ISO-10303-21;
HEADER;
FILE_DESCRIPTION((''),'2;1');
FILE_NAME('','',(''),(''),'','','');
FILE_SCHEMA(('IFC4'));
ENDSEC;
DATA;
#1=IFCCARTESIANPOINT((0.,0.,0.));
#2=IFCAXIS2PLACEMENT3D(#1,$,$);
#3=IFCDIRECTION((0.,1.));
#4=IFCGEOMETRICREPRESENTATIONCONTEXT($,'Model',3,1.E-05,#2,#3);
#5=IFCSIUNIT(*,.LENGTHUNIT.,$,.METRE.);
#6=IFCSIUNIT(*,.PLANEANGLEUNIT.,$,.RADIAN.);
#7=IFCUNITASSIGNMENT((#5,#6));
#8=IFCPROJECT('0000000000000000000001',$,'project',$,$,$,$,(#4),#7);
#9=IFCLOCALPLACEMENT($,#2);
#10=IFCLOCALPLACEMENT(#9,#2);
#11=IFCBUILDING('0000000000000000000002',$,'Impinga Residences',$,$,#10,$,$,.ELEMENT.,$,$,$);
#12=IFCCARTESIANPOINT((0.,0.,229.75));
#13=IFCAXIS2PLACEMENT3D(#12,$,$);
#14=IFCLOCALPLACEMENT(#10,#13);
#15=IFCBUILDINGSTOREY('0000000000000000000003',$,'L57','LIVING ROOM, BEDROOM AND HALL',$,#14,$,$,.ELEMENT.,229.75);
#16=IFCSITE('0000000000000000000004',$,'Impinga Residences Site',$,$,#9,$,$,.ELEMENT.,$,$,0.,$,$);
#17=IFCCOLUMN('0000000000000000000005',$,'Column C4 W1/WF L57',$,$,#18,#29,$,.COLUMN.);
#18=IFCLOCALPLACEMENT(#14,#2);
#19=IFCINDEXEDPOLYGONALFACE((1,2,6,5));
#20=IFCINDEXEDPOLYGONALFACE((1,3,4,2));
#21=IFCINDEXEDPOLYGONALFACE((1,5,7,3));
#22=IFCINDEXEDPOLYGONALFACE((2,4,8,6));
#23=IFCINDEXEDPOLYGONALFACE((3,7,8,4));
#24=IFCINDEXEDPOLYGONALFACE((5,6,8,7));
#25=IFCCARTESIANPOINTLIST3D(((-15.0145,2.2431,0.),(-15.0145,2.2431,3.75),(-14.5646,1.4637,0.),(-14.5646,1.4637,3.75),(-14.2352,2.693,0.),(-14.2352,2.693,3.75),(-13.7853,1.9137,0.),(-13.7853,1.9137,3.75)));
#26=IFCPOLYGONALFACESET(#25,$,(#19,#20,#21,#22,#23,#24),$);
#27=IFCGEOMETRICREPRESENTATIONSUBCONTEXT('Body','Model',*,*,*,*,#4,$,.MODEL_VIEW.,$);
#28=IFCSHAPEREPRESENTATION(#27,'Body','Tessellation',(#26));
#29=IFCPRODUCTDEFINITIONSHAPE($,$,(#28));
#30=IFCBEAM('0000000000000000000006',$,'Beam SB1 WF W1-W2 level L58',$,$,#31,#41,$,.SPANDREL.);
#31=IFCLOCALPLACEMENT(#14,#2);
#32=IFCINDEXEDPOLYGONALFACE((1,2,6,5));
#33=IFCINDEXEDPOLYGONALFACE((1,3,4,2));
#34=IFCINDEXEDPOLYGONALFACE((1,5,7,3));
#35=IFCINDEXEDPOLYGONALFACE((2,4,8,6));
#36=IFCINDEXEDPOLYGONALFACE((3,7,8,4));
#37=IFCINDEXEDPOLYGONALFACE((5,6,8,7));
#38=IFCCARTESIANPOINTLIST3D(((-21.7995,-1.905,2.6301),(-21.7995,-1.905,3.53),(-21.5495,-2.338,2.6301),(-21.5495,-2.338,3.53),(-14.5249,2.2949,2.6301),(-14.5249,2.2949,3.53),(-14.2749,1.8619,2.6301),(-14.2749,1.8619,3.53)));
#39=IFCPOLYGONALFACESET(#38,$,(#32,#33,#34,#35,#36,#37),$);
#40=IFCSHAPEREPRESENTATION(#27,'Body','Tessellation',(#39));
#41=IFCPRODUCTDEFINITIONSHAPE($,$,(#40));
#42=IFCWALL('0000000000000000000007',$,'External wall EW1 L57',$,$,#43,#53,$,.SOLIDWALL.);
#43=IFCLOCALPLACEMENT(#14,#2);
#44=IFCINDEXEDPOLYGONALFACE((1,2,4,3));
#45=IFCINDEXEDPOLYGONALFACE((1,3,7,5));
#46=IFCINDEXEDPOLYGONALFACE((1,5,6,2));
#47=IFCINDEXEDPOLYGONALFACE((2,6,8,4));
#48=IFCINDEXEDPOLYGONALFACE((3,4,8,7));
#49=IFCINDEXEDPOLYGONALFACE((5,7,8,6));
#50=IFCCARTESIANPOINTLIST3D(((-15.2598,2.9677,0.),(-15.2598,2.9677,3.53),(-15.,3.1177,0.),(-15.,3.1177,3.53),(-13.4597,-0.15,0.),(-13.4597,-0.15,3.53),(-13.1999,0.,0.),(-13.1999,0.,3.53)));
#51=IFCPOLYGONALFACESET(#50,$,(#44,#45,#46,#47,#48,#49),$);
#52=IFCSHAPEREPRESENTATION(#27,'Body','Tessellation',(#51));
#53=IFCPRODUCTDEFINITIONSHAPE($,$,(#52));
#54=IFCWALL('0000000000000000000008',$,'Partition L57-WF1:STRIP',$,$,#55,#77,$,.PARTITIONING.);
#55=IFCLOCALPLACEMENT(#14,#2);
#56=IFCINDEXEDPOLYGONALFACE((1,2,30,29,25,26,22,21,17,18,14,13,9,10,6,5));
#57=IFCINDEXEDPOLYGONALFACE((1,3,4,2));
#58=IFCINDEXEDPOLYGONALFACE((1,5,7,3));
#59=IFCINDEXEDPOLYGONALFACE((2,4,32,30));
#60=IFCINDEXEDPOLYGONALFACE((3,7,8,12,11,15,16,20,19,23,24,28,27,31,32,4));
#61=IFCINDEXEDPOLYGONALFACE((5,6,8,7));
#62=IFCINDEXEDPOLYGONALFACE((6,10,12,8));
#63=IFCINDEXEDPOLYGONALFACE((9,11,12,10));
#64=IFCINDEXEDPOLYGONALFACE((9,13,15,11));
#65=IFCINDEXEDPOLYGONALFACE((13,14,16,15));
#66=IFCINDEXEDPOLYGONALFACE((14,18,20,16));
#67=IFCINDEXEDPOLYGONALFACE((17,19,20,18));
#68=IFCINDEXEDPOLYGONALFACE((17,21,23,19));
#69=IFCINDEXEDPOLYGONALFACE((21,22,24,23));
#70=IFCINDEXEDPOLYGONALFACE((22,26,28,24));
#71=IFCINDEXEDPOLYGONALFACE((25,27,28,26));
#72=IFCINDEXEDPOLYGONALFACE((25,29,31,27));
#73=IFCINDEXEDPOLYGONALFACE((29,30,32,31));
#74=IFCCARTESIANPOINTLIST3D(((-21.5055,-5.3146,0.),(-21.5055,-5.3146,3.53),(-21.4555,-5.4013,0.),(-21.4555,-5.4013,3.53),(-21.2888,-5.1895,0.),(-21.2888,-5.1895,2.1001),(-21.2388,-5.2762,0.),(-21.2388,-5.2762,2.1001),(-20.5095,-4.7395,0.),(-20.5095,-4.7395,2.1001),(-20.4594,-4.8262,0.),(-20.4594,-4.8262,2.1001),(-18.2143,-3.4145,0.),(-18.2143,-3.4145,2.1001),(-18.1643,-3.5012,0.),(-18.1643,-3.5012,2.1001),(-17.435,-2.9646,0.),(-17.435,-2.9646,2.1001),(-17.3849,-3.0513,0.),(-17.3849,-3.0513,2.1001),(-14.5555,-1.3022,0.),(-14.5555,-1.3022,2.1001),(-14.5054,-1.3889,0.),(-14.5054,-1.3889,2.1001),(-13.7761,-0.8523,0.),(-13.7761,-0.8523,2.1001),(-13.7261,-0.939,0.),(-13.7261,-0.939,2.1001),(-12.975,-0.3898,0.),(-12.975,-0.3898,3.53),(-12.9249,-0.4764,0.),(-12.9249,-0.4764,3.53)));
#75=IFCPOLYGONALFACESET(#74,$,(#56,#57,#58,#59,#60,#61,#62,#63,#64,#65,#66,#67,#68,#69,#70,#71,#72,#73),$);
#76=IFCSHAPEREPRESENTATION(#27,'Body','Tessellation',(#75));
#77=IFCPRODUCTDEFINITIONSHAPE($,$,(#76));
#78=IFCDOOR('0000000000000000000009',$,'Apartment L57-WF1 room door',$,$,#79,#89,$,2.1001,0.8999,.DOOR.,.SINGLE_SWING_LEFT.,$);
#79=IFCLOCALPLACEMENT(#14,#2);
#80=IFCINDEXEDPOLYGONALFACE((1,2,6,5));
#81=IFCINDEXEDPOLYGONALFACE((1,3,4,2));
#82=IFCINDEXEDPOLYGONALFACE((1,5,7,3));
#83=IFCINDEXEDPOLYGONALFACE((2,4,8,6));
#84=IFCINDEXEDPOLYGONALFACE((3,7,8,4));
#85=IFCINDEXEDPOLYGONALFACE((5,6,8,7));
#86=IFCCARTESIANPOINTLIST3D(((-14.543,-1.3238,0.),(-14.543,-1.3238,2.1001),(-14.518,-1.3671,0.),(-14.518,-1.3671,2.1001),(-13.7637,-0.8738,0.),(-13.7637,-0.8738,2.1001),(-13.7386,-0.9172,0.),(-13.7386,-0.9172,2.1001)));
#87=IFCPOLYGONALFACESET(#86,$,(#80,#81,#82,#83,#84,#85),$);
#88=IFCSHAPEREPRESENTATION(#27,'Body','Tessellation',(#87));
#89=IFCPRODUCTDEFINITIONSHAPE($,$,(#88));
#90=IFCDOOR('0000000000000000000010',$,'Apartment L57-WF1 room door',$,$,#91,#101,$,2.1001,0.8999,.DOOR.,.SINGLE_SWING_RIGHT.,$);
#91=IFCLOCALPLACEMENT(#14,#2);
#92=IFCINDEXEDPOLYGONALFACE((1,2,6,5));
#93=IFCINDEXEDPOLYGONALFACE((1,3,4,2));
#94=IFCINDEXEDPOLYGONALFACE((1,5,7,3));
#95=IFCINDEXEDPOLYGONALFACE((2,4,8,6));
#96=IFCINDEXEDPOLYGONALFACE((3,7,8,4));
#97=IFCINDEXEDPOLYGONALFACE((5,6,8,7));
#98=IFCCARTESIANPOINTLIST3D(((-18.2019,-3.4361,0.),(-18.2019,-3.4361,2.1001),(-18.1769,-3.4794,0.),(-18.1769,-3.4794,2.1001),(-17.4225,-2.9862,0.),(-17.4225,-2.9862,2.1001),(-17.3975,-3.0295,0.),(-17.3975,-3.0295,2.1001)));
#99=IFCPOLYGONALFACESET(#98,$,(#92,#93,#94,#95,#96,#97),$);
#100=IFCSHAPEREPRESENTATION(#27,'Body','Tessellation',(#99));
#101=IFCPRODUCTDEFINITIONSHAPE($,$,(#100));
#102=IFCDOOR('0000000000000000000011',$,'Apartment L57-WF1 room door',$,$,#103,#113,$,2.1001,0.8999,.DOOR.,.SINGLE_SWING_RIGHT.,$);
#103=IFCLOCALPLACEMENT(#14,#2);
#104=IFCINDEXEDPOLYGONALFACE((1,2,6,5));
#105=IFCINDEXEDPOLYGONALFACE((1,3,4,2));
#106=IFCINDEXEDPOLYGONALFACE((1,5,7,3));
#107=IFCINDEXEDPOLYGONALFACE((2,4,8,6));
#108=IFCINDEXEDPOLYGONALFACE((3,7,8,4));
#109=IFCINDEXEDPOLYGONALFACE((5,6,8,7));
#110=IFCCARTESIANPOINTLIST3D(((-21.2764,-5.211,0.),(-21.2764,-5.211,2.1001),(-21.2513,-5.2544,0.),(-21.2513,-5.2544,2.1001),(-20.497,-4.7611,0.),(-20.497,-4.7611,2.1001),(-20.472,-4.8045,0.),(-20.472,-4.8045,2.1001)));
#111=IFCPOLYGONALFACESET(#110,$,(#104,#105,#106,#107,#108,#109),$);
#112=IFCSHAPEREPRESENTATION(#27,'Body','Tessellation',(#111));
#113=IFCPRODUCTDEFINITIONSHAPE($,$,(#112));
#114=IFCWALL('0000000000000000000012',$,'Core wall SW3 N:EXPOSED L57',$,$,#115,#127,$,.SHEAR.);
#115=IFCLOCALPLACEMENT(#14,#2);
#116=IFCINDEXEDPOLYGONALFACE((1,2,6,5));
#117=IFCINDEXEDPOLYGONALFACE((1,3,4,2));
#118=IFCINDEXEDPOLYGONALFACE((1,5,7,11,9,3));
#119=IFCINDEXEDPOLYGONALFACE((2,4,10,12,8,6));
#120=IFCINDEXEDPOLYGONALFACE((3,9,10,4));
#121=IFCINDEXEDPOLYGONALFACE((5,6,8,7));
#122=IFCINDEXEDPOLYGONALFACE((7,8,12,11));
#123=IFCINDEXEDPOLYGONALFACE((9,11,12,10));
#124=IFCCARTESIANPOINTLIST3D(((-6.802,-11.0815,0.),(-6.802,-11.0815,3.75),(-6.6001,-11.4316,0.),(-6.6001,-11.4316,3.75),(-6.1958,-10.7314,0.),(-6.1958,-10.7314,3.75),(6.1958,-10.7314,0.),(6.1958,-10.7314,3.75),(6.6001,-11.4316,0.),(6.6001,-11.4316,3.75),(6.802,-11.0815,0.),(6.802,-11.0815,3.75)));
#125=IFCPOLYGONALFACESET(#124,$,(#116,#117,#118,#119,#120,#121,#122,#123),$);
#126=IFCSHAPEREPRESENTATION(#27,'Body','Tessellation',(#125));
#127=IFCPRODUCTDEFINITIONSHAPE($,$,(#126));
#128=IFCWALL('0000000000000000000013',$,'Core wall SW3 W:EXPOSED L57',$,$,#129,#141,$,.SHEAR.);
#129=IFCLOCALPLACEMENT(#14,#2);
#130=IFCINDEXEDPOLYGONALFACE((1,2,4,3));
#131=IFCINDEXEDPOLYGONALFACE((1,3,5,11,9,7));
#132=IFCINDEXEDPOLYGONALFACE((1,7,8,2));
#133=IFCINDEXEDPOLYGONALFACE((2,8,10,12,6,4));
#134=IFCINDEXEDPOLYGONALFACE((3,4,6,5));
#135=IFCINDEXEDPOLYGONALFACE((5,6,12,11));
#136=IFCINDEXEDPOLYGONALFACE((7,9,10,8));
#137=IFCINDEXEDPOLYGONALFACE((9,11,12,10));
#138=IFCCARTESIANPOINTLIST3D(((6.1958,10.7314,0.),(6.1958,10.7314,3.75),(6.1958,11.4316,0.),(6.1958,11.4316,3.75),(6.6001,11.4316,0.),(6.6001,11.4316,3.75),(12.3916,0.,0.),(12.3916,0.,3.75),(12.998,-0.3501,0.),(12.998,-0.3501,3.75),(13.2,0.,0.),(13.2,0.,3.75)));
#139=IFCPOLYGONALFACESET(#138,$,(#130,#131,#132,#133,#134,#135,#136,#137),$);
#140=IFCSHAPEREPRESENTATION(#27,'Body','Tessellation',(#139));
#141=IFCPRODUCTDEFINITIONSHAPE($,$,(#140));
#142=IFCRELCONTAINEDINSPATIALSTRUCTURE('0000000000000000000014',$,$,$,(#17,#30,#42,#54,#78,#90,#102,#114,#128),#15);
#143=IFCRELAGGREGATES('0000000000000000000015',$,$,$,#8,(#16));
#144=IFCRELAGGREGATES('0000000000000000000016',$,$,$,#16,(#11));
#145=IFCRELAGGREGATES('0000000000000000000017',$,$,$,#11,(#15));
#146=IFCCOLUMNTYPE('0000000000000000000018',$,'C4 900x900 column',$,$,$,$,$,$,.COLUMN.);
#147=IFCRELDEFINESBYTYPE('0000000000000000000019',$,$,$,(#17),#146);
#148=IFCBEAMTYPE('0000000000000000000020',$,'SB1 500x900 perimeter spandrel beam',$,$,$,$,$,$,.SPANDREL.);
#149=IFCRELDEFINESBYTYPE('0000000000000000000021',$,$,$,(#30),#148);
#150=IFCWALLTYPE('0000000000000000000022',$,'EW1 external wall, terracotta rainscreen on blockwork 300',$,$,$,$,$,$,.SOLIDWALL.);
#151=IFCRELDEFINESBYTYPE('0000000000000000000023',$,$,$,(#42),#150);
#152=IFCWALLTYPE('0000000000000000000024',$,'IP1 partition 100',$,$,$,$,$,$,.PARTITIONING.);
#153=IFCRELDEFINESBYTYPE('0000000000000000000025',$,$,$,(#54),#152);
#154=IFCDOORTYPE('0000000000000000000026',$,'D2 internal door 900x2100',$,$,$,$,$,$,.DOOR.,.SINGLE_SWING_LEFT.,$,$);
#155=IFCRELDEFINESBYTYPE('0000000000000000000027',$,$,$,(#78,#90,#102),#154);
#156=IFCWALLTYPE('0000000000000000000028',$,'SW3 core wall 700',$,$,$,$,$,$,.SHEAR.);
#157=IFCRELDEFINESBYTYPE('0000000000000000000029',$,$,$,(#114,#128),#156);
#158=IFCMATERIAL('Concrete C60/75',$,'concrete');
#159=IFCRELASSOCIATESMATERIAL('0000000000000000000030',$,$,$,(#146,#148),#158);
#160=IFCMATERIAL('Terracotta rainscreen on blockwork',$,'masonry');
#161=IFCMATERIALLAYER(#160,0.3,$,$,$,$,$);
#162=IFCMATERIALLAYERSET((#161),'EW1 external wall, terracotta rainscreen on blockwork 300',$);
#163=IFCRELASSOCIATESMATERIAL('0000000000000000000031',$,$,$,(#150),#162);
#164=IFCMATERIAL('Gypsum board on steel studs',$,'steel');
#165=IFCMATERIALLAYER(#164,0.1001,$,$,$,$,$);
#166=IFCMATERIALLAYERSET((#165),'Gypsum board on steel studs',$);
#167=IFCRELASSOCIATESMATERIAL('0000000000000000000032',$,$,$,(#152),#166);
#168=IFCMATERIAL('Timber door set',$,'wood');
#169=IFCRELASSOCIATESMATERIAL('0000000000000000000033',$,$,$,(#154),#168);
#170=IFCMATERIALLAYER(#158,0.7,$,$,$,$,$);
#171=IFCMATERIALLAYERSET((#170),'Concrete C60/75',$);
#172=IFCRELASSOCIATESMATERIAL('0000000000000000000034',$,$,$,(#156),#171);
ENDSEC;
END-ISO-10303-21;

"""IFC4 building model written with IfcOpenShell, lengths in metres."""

from ifc_helpers import new_model, si_unit, direction, frame, frame_2d, origin, origin_2d, place, context, subcontext, project, spatial, polyline, rectangle, outline, extrude, material, layer, layer_set, material_profile, profile_set, type_object, element, fill, save


model = new_model("IFC4")

# Units and contexts
model_context = context("Model", 3, precision=1e-05, world=origin(), true_north=direction((0.0, 1.0)))
body_context = subcontext(model_context, "Body", "Model", "MODEL_VIEW")
ifc_project = project(units=[si_unit("LENGTHUNIT", "METRE"), si_unit("PLANEANGLEUNIT", "RADIAN")], contexts=[model_context])

# Site, building, storey
site_placement = place(None, origin())
site = spatial("IfcSite", under=ifc_project, at=site_placement, Name="Impinga Residences Site", CompositionType="ELEMENT", RefElevation=0.0)
building_placement = place(site_placement, origin())
building = spatial("IfcBuilding", under=site, at=building_placement, Name="Impinga Residences", CompositionType="ELEMENT")
storey_placement = place(building_placement, frame((0.0, 0.0, 229.75)))
storey = spatial("IfcBuildingStorey", under=building, at=storey_placement, Name="L57", Description="LIVING ROOM, BEDROOM AND HALL", CompositionType="ELEMENT", Elevation=229.75)

# Column
ifc_material_1 = material(Name="Concrete C60/75", Category="concrete")
ifc_material_profile_1 = material_profile(ifc_material_1, rectangle(XDim=0.8999, YDim=0.8999, at=origin_2d()), Name="RC 900x900")
ifc_profile_set_1 = profile_set([ifc_material_profile_1], Name="Concrete C60/75")
column_type = type_object("IfcColumnType", Name="C4 900x900 column", PredefinedType="COLUMN", material=ifc_profile_set_1)
column_placement = place(storey_placement, frame((-14.3999, 2.0784, 0.0), z_axis=(0.0, 0.0, 1.0), x_axis=(-0.5, 0.866025, 0.0)))
element("IfcColumn", 1, at=column_placement, inside=storey, type_object=column_type, Name="Column C4 W1/WF L57", PredefinedType="COLUMN", context=body_context, shape_type="SweptSolid", body=[
    extrude(rectangle(XDim=0.8999, YDim=0.8999, at=origin_2d()), origin(), (0.0, 0.0, 1.0), 3.75),
])

# Beam
ifc_material_profile_2 = material_profile(ifc_material_1, rectangle(XDim=0.5, YDim=0.8999, at=origin_2d()), Name="RC 500x900")
ifc_profile_set_2 = profile_set([ifc_material_profile_2], Name="Concrete C60/75")
beam_type = type_object("IfcBeamType", Name="SB1 500x900 perimeter spandrel beam", PredefinedType="SPANDREL", material=ifc_profile_set_2)
beam_placement = place(storey_placement, frame((-14.3999, 2.0784, 3.0801), z_axis=(-0.866029, -0.499993, 0.0), x_axis=(0.499993, -0.866029, 0.0)))
element("IfcBeam", 2, at=beam_placement, inside=storey, type_object=beam_type, Name="Beam SB1 WF W1-W2 level L58", PredefinedType="SPANDREL", context=body_context, shape_type="SweptSolid", body=[
    extrude(rectangle(XDim=0.5, YDim=0.8999, at=origin_2d()), origin(), (0.0, 0.0, 1.0), 8.3999),
])

# Wall
ifc_material_2 = material(Name="Terracotta rainscreen on blockwork", Category="masonry")
ifc_layer_1 = layer(ifc_material_2, 0.3)
ifc_layer_set_1 = layer_set([ifc_layer_1], Name="EW1 external wall, terracotta rainscreen on blockwork 300")
wall_type_1 = type_object("IfcWallType", Name="EW1 external wall, terracotta rainscreen on blockwork 300", PredefinedType="SOLIDWALL", material=ifc_layer_set_1)
wall_1_placement = place(storey_placement, frame((-15.1299, 3.0427, 0.0), z_axis=(0.0, 0.0, 1.0), x_axis=(0.500012, -0.866018, 0.0)))
element("IfcWall", 3, at=wall_1_placement, inside=storey, type_object=wall_type_1, Name="External wall EW1 L57", PredefinedType="SOLIDWALL", context=body_context, shape_type="SweptSolid", body=[
    extrude(rectangle(XDim=3.6001, YDim=0.3, at=frame_2d((1.8, 0.0))), origin(), (0.0, 0.0, 1.0), 3.53),
])

# Wall, openings, doors
ifc_material_3 = material(Name="Gypsum board on steel studs", Category="steel")
ifc_layer_2 = layer(ifc_material_3, 0.1001)
ifc_layer_set_2 = layer_set([ifc_layer_2], Name="Gypsum board on steel studs")
wall_type_2 = type_object("IfcWallType", Name="IP1 partition 100", PredefinedType="PARTITIONING", material=ifc_layer_set_2)
wall_2_placement = place(storey_placement, frame((-12.95, -0.4331, 0.0), z_axis=(0.0, 0.0, 1.0), x_axis=(-0.866038, -0.499978, 0.0)))
wall_2 = element("IfcWall", 4, at=wall_2_placement, inside=storey, type_object=wall_type_2, Name="Partition L57-WF1:STRIP", PredefinedType="PARTITIONING", context=body_context, shape_type="SweptSolid", body=[
    extrude(rectangle(XDim=9.8501, YDim=0.1001, at=frame_2d((4.925, 0.0))), origin(), (0.0, 0.0, 1.0), 3.53),
])
opening_1_placement = place(wall_2_placement, frame((0.925, 0.0, 0.0)))
opening_1 = element("IfcOpeningElement", 5, at=opening_1_placement, cuts=wall_2, PredefinedType="OPENING", context=body_context, shape_type="SweptSolid", body=[
    extrude(rectangle(XDim=0.8999, YDim=2.1001, at=frame_2d((0.45, 1.05))), frame((0.0, 0.0601, 0.0), z_axis=(0.0, -1.0, 0.0), x_axis=(1.0, 0.0, 0.0)), (0.0, 0.0, 1.0), 0.1201),
])
opening_2_placement = place(wall_2_placement, frame((5.1499, 0.0, 0.0)))
opening_2 = element("IfcOpeningElement", 6, at=opening_2_placement, cuts=wall_2, PredefinedType="OPENING", context=body_context, shape_type="SweptSolid", body=[
    extrude(rectangle(XDim=0.8999, YDim=2.1001, at=frame_2d((0.45, 1.05))), frame((0.0, 0.0601, 0.0), z_axis=(0.0, -1.0, 0.0), x_axis=(1.0, 0.0, 0.0)), (0.0, 0.0, 1.0), 0.1201),
])
opening_3_placement = place(wall_2_placement, frame((8.7, 0.0, 0.0)))
opening_3 = element("IfcOpeningElement", 7, at=opening_3_placement, cuts=wall_2, PredefinedType="OPENING", context=body_context, shape_type="SweptSolid", body=[
    extrude(rectangle(XDim=0.8999, YDim=2.1001, at=frame_2d((0.45, 1.05))), frame((0.0, 0.0601, 0.0), z_axis=(0.0, -1.0, 0.0), x_axis=(1.0, 0.0, 0.0)), (0.0, 0.0, 1.0), 0.1201),
])
ifc_material_4 = material(Name="Timber door set", Category="wood")
door_type_1 = type_object("IfcDoorType", Name="D2 internal door 900x2100", OperationType="SINGLE_SWING_LEFT", PredefinedType="DOOR", material=ifc_material_4)
door_1_placement = place(opening_1_placement, origin())
door_1 = element("IfcDoor", 8, at=door_1_placement, inside=storey, type_object=door_type_1, Name="Apartment L57-WF1 room door", OperationType="SINGLE_SWING_LEFT", OverallHeight=2.1001, OverallWidth=0.8999, PredefinedType="DOOR", context=body_context, shape_type="SweptSolid", body=[
    extrude(rectangle(XDim=0.8999, YDim=2.1001, at=frame_2d((0.45, 1.05))), frame((0.0, 0.0249, 0.0), z_axis=(0.0, -1.0, 0.0), x_axis=(1.0, 0.0, 0.0)), (0.0, 0.0, 1.0), 0.05),
])
fill(opening_1, door_1)
door_2_placement = place(opening_2_placement, origin())
door_2 = element("IfcDoor", 9, at=door_2_placement, inside=storey, type_object=door_type_1, Name="Apartment L57-WF1 room door", OperationType="SINGLE_SWING_RIGHT", OverallHeight=2.1001, OverallWidth=0.8999, PredefinedType="DOOR", context=body_context, shape_type="SweptSolid", body=[
    extrude(rectangle(XDim=0.8999, YDim=2.1001, at=frame_2d((0.45, 1.05))), frame((0.0, 0.0249, 0.0), z_axis=(0.0, -1.0, 0.0), x_axis=(1.0, 0.0, 0.0)), (0.0, 0.0, 1.0), 0.05),
])
fill(opening_2, door_2)
door_3_placement = place(opening_3_placement, origin())
door_3 = element("IfcDoor", 10, at=door_3_placement, inside=storey, type_object=door_type_1, Name="Apartment L57-WF1 room door", OperationType="SINGLE_SWING_RIGHT", OverallHeight=2.1001, OverallWidth=0.8999, PredefinedType="DOOR", context=body_context, shape_type="SweptSolid", body=[
    extrude(rectangle(XDim=0.8999, YDim=2.1001, at=frame_2d((0.45, 1.05))), frame((0.0, 0.0249, 0.0), z_axis=(0.0, -1.0, 0.0), x_axis=(1.0, 0.0, 0.0)), (0.0, 0.0, 1.0), 0.05),
])
fill(opening_3, door_3)

# Walls
ifc_layer_3 = layer(ifc_material_1, 0.7)
ifc_layer_set_3 = layer_set([ifc_layer_3], Name="Concrete C60/75")
wall_type_3 = type_object("IfcWallType", Name="SW3 core wall 700", PredefinedType="SHEAR", material=ifc_layer_set_3)
wall_3_placement = place(storey_placement, origin())
element("IfcWall", 11, at=wall_3_placement, inside=storey, type_object=wall_type_3, Name="Core wall SW3 N:EXPOSED L57", PredefinedType="SHEAR", context=body_context, shape_type="SweptSolid", body=[
    extrude(outline(polyline([(-6.6001, -11.4316), (6.6001, -11.4316), (6.802, -11.0815), (6.1958, -10.7314), (-6.1958, -10.7314), (-6.802, -11.0815), (-6.6001, -11.4316)])), origin(), (0.0, 0.0, 1.0), 3.75),
])
wall_4_placement = place(storey_placement, origin())
element("IfcWall", 12, at=wall_4_placement, inside=storey, type_object=wall_type_3, Name="Core wall SW3 W:EXPOSED L57", PredefinedType="SHEAR", context=body_context, shape_type="SweptSolid", body=[
    extrude(outline(polyline([(13.2, 0.0), (6.6001, 11.4316), (6.1958, 11.4316), (6.1958, 10.7314), (12.3916, 0.0), (12.998, -0.3501), (13.2, 0.0)])), origin(), (0.0, 0.0, 1.0), 3.75),
])

save(model, "model.ifc")
